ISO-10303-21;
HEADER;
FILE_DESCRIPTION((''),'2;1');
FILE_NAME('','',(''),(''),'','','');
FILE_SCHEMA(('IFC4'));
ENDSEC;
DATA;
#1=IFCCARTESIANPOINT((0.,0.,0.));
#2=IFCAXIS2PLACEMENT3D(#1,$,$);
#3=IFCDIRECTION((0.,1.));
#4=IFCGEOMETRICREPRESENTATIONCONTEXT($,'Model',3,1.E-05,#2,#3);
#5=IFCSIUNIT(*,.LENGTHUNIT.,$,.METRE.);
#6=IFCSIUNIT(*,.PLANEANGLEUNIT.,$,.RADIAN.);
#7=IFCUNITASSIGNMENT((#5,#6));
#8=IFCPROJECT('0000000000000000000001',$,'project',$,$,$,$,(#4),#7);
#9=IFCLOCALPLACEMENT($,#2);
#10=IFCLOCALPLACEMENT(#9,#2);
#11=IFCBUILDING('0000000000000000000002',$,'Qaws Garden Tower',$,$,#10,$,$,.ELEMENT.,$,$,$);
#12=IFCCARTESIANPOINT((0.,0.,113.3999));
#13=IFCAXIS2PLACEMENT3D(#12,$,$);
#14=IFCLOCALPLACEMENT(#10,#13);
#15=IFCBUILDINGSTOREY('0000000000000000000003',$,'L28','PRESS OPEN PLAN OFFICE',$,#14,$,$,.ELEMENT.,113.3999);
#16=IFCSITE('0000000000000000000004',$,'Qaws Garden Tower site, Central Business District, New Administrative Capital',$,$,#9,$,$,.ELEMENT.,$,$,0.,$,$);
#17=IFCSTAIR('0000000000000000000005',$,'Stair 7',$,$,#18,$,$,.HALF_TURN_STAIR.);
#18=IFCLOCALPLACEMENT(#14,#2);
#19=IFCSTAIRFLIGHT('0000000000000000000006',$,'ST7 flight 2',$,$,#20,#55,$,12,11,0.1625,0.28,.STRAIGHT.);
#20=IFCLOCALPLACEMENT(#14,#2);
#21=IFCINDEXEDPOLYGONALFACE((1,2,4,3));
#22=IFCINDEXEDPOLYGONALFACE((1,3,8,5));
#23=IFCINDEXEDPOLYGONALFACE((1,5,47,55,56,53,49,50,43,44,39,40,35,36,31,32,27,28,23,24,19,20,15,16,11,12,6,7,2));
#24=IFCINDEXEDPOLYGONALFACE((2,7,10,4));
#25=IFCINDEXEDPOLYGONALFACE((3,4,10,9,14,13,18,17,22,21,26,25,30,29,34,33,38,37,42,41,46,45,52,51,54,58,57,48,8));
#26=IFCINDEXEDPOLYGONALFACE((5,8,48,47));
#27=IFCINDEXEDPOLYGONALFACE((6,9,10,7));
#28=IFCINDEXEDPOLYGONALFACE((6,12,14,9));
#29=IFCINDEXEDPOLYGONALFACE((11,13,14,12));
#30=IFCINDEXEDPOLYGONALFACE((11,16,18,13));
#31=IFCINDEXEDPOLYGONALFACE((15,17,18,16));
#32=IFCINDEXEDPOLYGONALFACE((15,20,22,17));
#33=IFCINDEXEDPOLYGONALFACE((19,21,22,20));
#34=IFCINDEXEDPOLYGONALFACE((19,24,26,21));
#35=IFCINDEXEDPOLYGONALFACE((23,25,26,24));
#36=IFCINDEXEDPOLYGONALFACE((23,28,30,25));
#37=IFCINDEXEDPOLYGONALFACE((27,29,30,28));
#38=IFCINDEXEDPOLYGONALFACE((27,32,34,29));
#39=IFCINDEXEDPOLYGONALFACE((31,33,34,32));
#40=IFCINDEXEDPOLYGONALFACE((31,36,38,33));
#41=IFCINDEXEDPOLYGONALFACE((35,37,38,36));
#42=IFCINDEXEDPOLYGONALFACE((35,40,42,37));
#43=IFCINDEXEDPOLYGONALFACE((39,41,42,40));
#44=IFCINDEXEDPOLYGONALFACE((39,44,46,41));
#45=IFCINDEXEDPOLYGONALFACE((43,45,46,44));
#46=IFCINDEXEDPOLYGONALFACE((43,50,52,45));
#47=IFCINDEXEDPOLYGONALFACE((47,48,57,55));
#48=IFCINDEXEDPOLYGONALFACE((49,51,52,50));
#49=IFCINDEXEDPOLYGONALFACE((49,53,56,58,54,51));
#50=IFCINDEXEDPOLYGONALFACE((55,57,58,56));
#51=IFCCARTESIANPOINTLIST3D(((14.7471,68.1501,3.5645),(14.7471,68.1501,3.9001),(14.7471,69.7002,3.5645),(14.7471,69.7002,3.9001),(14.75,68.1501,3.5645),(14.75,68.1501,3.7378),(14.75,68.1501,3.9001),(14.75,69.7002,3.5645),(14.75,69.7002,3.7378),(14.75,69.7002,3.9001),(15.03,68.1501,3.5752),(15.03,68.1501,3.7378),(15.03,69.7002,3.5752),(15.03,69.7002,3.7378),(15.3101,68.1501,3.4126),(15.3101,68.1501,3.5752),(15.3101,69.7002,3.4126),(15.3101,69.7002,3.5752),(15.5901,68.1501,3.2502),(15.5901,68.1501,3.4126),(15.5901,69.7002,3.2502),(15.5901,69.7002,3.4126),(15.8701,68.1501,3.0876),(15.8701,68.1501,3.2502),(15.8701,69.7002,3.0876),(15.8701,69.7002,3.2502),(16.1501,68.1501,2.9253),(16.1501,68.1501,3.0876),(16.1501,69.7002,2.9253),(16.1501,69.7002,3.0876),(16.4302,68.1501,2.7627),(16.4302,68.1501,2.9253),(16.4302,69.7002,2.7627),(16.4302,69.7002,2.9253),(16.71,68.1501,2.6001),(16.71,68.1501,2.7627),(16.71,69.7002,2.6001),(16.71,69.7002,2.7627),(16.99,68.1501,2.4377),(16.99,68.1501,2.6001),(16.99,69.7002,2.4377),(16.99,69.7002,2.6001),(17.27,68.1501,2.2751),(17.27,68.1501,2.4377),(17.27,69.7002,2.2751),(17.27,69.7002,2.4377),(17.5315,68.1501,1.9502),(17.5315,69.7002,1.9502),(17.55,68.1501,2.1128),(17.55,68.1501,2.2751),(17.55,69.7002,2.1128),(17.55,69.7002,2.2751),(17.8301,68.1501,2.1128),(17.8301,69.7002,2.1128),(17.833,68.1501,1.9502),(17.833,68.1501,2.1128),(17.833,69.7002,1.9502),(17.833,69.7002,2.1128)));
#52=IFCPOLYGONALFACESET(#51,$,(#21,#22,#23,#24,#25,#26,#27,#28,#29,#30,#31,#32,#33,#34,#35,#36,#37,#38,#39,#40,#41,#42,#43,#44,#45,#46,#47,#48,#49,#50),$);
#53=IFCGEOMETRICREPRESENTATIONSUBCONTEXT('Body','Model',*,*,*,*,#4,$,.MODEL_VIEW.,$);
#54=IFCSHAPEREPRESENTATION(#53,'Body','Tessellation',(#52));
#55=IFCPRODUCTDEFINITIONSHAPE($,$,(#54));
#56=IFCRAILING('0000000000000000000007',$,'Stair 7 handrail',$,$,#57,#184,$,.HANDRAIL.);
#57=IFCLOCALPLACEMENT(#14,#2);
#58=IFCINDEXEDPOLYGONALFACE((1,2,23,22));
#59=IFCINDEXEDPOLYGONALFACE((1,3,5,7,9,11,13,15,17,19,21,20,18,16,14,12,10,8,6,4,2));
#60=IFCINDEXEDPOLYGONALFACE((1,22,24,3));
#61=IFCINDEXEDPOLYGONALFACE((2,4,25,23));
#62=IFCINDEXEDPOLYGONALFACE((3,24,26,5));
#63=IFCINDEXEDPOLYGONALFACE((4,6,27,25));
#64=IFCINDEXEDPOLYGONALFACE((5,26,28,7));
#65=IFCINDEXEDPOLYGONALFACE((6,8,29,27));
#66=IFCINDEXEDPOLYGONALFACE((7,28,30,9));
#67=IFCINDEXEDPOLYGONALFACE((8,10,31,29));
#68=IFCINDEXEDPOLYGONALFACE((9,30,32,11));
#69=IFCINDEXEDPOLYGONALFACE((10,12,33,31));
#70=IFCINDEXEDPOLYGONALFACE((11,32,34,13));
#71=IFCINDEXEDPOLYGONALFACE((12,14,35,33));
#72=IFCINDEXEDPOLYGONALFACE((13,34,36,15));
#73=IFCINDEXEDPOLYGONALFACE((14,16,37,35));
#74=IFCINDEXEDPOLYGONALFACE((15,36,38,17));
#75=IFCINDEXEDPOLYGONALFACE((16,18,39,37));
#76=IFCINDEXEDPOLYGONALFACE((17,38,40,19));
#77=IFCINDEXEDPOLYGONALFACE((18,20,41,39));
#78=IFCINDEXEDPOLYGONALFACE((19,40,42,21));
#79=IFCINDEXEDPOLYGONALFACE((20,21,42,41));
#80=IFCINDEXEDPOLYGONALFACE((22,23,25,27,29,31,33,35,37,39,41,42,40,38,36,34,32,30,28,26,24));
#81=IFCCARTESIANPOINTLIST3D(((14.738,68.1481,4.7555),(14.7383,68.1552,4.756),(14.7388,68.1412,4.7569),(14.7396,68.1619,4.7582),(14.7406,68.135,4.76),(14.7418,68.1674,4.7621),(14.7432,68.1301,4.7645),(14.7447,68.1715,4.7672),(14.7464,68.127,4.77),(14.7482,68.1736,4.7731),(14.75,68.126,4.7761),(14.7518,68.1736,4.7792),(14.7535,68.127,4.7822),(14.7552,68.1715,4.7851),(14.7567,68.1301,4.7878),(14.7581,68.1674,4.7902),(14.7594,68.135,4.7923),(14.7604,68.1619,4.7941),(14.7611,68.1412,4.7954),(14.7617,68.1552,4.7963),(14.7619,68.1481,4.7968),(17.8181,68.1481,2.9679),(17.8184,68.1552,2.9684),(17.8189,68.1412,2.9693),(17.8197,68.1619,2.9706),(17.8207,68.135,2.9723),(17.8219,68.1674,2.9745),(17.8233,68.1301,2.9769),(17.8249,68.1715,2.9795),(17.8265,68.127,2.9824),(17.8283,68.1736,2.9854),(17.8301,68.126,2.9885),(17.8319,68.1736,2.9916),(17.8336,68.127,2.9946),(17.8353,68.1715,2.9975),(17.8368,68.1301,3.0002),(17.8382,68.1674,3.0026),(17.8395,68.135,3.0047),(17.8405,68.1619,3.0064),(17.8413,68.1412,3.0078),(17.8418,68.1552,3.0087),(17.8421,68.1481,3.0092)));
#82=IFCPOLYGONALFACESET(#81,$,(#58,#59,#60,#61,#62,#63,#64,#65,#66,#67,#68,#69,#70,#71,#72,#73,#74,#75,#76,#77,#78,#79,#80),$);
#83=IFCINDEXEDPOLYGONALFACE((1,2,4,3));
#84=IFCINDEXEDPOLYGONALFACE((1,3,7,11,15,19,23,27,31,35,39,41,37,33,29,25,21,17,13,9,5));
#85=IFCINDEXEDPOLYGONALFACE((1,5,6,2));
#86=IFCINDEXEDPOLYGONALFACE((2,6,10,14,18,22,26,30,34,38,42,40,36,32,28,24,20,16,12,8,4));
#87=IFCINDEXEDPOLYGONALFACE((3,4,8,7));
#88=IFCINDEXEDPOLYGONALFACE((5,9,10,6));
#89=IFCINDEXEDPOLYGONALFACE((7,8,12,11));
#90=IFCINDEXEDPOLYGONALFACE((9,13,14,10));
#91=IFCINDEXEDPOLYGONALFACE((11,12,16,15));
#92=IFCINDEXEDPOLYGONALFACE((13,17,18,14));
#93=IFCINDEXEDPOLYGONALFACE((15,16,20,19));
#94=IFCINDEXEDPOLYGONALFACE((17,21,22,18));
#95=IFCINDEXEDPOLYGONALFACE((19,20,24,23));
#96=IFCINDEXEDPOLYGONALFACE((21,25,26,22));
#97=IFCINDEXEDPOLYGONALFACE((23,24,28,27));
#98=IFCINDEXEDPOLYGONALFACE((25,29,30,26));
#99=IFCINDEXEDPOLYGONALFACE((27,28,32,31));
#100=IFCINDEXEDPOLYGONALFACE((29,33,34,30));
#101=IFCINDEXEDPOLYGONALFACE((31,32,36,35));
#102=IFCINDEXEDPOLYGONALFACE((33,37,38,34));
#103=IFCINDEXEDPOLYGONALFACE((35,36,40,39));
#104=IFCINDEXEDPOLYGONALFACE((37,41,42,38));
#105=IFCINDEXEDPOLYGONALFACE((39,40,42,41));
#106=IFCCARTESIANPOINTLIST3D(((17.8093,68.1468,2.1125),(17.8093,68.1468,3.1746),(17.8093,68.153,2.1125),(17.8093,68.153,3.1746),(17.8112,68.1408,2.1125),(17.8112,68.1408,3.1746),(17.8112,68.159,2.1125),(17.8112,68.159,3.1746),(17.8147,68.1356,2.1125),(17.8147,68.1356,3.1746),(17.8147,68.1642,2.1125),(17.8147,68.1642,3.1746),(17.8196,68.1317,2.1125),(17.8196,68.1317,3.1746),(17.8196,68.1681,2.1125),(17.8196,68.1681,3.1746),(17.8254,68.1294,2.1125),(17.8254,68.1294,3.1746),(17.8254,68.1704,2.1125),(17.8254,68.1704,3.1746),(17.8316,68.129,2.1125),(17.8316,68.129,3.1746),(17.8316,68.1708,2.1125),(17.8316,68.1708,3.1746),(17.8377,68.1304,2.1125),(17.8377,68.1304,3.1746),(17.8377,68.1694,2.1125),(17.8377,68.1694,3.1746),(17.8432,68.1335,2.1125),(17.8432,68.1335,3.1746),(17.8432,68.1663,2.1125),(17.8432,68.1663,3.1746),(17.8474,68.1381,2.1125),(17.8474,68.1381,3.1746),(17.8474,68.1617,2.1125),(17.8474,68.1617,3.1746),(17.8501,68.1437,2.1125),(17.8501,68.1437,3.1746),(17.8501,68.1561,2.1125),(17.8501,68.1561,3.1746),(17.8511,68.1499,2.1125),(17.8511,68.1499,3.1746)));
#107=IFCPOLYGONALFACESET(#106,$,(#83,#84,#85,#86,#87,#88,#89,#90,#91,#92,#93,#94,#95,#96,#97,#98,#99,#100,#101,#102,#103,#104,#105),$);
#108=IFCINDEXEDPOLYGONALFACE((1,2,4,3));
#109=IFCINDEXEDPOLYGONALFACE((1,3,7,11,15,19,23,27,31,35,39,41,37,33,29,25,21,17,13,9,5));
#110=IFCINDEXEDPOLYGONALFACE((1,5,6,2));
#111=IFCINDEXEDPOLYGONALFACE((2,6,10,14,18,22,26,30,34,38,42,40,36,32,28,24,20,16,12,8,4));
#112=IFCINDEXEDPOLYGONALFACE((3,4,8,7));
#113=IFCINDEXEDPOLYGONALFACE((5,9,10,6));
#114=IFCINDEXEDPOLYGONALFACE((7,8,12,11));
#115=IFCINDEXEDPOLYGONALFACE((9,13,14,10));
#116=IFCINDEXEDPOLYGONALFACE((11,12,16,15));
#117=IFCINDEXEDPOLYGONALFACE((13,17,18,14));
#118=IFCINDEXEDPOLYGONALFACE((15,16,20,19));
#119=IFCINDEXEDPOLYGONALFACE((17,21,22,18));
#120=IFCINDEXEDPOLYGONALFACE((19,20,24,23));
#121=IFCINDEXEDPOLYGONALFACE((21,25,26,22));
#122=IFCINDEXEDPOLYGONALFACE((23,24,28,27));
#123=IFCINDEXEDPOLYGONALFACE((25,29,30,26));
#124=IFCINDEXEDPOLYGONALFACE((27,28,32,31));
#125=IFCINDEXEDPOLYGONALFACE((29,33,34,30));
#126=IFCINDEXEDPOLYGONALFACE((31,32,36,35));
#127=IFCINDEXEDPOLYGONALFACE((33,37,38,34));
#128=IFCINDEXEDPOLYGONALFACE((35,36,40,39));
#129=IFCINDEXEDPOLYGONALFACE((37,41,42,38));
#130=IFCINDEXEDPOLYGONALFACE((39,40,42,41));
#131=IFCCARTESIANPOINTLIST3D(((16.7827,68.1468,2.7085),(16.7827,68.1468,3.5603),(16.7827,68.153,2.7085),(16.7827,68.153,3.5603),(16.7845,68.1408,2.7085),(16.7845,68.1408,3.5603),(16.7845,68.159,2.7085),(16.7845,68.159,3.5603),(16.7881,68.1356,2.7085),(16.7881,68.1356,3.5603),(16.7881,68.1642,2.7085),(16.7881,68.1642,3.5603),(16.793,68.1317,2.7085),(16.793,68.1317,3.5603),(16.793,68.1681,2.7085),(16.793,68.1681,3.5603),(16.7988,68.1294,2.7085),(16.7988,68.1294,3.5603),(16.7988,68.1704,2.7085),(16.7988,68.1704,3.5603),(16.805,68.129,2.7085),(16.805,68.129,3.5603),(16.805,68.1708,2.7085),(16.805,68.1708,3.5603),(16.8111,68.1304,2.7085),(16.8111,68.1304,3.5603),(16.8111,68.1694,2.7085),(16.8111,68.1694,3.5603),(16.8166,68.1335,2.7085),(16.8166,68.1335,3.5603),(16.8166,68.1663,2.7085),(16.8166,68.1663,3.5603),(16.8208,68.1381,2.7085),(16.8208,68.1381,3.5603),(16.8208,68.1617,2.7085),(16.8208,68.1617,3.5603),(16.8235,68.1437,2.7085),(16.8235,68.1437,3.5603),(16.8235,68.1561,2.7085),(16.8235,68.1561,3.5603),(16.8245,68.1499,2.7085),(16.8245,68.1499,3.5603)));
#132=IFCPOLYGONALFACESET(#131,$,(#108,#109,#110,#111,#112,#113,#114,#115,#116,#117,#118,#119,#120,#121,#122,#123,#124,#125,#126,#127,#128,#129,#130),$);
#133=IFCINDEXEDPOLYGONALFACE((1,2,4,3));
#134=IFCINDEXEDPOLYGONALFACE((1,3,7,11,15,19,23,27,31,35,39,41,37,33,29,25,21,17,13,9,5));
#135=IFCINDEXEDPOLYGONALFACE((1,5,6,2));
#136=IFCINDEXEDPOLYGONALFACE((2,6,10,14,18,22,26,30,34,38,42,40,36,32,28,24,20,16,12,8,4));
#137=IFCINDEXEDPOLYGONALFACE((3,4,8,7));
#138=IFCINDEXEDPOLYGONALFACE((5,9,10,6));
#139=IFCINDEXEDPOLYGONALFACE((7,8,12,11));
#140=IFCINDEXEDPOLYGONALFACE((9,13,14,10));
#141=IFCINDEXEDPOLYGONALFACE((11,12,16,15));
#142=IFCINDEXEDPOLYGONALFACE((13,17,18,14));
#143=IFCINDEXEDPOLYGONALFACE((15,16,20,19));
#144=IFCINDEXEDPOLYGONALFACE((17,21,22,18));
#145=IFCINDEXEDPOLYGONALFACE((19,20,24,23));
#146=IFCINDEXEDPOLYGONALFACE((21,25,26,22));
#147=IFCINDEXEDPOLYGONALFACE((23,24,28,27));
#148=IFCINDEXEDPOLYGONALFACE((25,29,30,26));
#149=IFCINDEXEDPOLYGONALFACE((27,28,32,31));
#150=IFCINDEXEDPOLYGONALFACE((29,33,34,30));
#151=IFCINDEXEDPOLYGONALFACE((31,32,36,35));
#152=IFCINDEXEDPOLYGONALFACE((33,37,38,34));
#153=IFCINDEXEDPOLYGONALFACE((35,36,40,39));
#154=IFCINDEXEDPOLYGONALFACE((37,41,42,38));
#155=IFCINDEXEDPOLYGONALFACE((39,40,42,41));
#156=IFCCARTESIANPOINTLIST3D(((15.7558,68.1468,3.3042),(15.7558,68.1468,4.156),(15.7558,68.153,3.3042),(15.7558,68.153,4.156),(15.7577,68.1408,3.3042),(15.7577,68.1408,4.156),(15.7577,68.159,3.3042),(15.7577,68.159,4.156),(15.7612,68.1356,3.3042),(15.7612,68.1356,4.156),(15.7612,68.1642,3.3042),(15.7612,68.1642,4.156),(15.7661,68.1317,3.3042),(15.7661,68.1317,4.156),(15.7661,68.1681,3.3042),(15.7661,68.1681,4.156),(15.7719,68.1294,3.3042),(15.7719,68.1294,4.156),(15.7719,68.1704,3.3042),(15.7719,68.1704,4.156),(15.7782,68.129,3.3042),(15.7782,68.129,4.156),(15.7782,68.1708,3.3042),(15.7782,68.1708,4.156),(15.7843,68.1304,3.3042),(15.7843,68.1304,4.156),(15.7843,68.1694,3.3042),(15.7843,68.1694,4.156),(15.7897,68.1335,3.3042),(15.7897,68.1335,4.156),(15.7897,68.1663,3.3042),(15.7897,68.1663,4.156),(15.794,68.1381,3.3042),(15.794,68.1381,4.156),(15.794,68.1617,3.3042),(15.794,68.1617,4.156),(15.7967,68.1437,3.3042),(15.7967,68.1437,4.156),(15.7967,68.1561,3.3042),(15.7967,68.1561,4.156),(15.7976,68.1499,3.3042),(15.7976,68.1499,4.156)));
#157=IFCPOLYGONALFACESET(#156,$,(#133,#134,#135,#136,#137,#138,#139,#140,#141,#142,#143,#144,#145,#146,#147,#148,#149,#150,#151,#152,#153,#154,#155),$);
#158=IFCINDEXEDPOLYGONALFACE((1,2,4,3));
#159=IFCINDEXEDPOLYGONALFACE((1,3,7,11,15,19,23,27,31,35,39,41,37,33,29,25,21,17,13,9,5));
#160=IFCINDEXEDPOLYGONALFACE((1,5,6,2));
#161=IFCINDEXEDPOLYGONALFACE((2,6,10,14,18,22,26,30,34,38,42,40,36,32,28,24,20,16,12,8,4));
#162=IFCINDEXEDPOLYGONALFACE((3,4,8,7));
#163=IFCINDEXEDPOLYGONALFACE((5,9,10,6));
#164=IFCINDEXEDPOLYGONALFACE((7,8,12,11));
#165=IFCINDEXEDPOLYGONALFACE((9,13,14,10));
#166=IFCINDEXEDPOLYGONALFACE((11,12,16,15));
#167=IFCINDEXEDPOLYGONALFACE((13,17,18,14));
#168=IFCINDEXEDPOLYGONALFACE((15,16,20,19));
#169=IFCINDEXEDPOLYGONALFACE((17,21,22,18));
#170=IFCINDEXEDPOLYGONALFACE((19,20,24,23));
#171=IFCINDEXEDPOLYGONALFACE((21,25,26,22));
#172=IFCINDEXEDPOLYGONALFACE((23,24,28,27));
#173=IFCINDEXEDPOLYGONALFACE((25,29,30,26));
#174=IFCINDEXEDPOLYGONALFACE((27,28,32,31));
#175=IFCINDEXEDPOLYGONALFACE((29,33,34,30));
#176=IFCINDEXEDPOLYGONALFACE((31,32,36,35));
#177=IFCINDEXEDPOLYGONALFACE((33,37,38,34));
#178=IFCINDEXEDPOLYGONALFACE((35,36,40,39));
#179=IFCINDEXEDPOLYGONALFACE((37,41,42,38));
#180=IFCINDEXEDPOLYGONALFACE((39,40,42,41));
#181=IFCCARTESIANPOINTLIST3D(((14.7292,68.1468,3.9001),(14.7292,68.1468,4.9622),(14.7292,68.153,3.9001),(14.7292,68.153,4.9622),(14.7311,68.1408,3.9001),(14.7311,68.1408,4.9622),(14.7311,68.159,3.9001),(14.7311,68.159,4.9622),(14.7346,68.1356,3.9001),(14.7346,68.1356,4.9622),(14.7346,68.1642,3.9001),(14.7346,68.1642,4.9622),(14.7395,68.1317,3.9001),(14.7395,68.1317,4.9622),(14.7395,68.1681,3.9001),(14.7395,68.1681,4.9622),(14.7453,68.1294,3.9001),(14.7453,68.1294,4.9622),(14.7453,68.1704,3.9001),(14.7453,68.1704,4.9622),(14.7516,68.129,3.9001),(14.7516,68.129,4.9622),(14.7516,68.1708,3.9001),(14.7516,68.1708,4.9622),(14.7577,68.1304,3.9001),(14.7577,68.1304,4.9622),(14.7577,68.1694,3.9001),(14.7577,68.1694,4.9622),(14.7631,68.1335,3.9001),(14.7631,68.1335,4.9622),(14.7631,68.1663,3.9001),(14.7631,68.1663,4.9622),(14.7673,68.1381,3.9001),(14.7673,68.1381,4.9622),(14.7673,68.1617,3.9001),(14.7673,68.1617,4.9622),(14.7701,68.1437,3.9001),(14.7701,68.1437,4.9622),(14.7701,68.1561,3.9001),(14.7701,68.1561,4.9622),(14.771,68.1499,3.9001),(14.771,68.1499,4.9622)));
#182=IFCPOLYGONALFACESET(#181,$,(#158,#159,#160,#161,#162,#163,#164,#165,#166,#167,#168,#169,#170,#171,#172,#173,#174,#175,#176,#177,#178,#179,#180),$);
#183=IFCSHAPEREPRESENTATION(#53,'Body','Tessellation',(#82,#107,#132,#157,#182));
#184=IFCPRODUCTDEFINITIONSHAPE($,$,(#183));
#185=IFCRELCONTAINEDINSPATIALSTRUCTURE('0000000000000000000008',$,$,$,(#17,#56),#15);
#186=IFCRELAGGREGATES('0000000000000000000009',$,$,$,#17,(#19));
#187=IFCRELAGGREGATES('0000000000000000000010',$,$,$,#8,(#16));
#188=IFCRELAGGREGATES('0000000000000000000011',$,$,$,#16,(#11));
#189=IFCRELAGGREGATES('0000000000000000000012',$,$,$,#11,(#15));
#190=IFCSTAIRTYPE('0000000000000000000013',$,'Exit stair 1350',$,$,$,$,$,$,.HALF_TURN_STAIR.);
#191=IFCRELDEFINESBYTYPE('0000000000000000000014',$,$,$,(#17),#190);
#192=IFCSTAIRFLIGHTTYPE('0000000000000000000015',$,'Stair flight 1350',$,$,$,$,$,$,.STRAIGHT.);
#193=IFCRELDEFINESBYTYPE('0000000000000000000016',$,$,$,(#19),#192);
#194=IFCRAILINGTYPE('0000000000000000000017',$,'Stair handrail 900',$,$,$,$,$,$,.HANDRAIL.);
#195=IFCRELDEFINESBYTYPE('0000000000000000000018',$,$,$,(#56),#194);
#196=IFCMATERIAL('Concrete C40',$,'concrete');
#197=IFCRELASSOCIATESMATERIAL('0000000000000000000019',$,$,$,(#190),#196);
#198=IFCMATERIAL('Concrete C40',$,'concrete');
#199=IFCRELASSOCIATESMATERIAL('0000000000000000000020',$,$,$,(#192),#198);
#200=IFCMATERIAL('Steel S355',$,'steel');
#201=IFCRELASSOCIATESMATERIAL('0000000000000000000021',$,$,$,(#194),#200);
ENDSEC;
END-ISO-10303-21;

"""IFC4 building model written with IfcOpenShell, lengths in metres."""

from ifc_helpers import new_model, si_unit, direction, frame, origin, origin_2d, place, context, subcontext, project, spatial, polyline, circle, outline, extrude, material, type_object, element, aggregate, save


model = new_model("IFC4")

# Units and contexts
model_context = context("Model", 3, precision=1e-05, world=origin(), true_north=direction((0.0, 1.0)))
body_context = subcontext(model_context, "Body", "Model", "MODEL_VIEW")
ifc_project = project(units=[si_unit("LENGTHUNIT", "METRE"), si_unit("PLANEANGLEUNIT", "RADIAN")], contexts=[model_context])

# Site, building, storey
site_placement = place(None, origin())
site = spatial("IfcSite", under=ifc_project, at=site_placement, Name="Qaws Garden Tower site, Central Business District, New Administrative Capital", CompositionType="ELEMENT", RefElevation=0.0)
building_placement = place(site_placement, origin())
building = spatial("IfcBuilding", under=site, at=building_placement, Name="Qaws Garden Tower", CompositionType="ELEMENT")
storey_placement = place(building_placement, frame((0.0, 0.0, 113.3999)))
storey = spatial("IfcBuildingStorey", under=building, at=storey_placement, Name="L28", Description="PRESS OPEN PLAN OFFICE", CompositionType="ELEMENT", Elevation=113.3999)

# Stair, stair flight
ifc_material_1 = material(Name="Concrete C40", Category="concrete")
stair_type = type_object("IfcStairType", Name="Exit stair 1350", PredefinedType="HALF_TURN_STAIR", material=ifc_material_1)
stair_placement = place(storey_placement, origin())
stair = element("IfcStair", 1, at=stair_placement, inside=storey, type_object=stair_type, Name="Stair 7", PredefinedType="HALF_TURN_STAIR")
ifc_material_2 = material(Name="Concrete C40", Category="concrete")
stair_flight_type = type_object("IfcStairFlightType", Name="Stair flight 1350", PredefinedType="STRAIGHT", material=ifc_material_2)
stair_flight_placement = place(storey_placement, frame((17.8301, 68.925, 1.9502), z_axis=(0.0, 0.0, 1.0), x_axis=(-1.0, 0.0, 0.0)))
stair_flight = element("IfcStairFlight", 2, at=stair_flight_placement, type_object=stair_flight_type, Name="ST7 flight 2", NumberOfRisers=12, NumberOfTreads=11, PredefinedType="STRAIGHT", RiserHeight=0.1625, TreadLength=0.28, context=body_context, shape_type="SweptSolid", body=[
    extrude(outline(polyline([(-0.0029, 0.0), (-0.0029, 0.1626), (0.0, 0.1626), (0.28, 0.1626), (0.28, 0.325), (0.5601, 0.325), (0.5601, 0.4875), (0.8401, 0.4875), (0.8401, 0.6499), (1.1201, 0.6499), (1.1201, 0.8125), (1.3999, 0.8125), (1.3999, 0.9751), (1.6799, 0.9751), (1.6799, 1.1375), (1.96, 1.1375), (1.96, 1.3), (2.24, 1.3), (2.24, 1.4624), (2.52, 1.4624), (2.52, 1.625), (2.8, 1.625), (2.8, 1.7876), (3.0801, 1.7876), (3.0801, 1.95), (3.083, 1.95), (3.083, 1.6143), (3.0801, 1.6143), (0.2986, 0.0), (-0.0029, 0.0)])), frame((0.0, 0.7749, 0.0), z_axis=(0.0, -1.0, 0.0), x_axis=(1.0, 0.0, 0.0)), (0.0, 0.0, 1.0), 1.55),
])
aggregate(stair, [stair_flight])

# Railing
ifc_material_3 = material(Name="Steel S355", Category="steel")
railing_type = type_object("IfcRailingType", Name="Stair handrail 900", PredefinedType="HANDRAIL", material=ifc_material_3)
railing_placement = place(storey_placement, frame((17.8301, 68.1499, 2.1125)))
element("IfcRailing", 3, at=railing_placement, inside=storey, type_object=railing_type, Name="Stair 7 handrail", PredefinedType="HANDRAIL", context=body_context, shape_type="SweptSolid", body=[
    extrude(circle(Radius=0.0239, at=origin_2d()), frame((0.0, 0.0, 0.876), z_axis=(-0.864891, 0.0, 0.50196), x_axis=(0.0, -1.0, 0.0)), (0.0, 0.0, 1.0), 3.5613),
    extrude(circle(Radius=0.021, at=origin_2d()), origin(), (0.0, 0.0, 1.0), 1.062),
    extrude(circle(Radius=0.021, at=origin_2d()), frame((-1.0266, 0.0, 0.5959)), (0.0, 0.0, 1.0), 0.8518),
    extrude(circle(Radius=0.021, at=origin_2d()), frame((-2.0535, 0.0, 1.1917)), (0.0, 0.0, 1.0), 0.8518),
    extrude(circle(Radius=0.021, at=origin_2d()), frame((-3.0801, 0.0, 1.7876)), (0.0, 0.0, 1.0), 1.062),
])

save(model, "model.ifc")
